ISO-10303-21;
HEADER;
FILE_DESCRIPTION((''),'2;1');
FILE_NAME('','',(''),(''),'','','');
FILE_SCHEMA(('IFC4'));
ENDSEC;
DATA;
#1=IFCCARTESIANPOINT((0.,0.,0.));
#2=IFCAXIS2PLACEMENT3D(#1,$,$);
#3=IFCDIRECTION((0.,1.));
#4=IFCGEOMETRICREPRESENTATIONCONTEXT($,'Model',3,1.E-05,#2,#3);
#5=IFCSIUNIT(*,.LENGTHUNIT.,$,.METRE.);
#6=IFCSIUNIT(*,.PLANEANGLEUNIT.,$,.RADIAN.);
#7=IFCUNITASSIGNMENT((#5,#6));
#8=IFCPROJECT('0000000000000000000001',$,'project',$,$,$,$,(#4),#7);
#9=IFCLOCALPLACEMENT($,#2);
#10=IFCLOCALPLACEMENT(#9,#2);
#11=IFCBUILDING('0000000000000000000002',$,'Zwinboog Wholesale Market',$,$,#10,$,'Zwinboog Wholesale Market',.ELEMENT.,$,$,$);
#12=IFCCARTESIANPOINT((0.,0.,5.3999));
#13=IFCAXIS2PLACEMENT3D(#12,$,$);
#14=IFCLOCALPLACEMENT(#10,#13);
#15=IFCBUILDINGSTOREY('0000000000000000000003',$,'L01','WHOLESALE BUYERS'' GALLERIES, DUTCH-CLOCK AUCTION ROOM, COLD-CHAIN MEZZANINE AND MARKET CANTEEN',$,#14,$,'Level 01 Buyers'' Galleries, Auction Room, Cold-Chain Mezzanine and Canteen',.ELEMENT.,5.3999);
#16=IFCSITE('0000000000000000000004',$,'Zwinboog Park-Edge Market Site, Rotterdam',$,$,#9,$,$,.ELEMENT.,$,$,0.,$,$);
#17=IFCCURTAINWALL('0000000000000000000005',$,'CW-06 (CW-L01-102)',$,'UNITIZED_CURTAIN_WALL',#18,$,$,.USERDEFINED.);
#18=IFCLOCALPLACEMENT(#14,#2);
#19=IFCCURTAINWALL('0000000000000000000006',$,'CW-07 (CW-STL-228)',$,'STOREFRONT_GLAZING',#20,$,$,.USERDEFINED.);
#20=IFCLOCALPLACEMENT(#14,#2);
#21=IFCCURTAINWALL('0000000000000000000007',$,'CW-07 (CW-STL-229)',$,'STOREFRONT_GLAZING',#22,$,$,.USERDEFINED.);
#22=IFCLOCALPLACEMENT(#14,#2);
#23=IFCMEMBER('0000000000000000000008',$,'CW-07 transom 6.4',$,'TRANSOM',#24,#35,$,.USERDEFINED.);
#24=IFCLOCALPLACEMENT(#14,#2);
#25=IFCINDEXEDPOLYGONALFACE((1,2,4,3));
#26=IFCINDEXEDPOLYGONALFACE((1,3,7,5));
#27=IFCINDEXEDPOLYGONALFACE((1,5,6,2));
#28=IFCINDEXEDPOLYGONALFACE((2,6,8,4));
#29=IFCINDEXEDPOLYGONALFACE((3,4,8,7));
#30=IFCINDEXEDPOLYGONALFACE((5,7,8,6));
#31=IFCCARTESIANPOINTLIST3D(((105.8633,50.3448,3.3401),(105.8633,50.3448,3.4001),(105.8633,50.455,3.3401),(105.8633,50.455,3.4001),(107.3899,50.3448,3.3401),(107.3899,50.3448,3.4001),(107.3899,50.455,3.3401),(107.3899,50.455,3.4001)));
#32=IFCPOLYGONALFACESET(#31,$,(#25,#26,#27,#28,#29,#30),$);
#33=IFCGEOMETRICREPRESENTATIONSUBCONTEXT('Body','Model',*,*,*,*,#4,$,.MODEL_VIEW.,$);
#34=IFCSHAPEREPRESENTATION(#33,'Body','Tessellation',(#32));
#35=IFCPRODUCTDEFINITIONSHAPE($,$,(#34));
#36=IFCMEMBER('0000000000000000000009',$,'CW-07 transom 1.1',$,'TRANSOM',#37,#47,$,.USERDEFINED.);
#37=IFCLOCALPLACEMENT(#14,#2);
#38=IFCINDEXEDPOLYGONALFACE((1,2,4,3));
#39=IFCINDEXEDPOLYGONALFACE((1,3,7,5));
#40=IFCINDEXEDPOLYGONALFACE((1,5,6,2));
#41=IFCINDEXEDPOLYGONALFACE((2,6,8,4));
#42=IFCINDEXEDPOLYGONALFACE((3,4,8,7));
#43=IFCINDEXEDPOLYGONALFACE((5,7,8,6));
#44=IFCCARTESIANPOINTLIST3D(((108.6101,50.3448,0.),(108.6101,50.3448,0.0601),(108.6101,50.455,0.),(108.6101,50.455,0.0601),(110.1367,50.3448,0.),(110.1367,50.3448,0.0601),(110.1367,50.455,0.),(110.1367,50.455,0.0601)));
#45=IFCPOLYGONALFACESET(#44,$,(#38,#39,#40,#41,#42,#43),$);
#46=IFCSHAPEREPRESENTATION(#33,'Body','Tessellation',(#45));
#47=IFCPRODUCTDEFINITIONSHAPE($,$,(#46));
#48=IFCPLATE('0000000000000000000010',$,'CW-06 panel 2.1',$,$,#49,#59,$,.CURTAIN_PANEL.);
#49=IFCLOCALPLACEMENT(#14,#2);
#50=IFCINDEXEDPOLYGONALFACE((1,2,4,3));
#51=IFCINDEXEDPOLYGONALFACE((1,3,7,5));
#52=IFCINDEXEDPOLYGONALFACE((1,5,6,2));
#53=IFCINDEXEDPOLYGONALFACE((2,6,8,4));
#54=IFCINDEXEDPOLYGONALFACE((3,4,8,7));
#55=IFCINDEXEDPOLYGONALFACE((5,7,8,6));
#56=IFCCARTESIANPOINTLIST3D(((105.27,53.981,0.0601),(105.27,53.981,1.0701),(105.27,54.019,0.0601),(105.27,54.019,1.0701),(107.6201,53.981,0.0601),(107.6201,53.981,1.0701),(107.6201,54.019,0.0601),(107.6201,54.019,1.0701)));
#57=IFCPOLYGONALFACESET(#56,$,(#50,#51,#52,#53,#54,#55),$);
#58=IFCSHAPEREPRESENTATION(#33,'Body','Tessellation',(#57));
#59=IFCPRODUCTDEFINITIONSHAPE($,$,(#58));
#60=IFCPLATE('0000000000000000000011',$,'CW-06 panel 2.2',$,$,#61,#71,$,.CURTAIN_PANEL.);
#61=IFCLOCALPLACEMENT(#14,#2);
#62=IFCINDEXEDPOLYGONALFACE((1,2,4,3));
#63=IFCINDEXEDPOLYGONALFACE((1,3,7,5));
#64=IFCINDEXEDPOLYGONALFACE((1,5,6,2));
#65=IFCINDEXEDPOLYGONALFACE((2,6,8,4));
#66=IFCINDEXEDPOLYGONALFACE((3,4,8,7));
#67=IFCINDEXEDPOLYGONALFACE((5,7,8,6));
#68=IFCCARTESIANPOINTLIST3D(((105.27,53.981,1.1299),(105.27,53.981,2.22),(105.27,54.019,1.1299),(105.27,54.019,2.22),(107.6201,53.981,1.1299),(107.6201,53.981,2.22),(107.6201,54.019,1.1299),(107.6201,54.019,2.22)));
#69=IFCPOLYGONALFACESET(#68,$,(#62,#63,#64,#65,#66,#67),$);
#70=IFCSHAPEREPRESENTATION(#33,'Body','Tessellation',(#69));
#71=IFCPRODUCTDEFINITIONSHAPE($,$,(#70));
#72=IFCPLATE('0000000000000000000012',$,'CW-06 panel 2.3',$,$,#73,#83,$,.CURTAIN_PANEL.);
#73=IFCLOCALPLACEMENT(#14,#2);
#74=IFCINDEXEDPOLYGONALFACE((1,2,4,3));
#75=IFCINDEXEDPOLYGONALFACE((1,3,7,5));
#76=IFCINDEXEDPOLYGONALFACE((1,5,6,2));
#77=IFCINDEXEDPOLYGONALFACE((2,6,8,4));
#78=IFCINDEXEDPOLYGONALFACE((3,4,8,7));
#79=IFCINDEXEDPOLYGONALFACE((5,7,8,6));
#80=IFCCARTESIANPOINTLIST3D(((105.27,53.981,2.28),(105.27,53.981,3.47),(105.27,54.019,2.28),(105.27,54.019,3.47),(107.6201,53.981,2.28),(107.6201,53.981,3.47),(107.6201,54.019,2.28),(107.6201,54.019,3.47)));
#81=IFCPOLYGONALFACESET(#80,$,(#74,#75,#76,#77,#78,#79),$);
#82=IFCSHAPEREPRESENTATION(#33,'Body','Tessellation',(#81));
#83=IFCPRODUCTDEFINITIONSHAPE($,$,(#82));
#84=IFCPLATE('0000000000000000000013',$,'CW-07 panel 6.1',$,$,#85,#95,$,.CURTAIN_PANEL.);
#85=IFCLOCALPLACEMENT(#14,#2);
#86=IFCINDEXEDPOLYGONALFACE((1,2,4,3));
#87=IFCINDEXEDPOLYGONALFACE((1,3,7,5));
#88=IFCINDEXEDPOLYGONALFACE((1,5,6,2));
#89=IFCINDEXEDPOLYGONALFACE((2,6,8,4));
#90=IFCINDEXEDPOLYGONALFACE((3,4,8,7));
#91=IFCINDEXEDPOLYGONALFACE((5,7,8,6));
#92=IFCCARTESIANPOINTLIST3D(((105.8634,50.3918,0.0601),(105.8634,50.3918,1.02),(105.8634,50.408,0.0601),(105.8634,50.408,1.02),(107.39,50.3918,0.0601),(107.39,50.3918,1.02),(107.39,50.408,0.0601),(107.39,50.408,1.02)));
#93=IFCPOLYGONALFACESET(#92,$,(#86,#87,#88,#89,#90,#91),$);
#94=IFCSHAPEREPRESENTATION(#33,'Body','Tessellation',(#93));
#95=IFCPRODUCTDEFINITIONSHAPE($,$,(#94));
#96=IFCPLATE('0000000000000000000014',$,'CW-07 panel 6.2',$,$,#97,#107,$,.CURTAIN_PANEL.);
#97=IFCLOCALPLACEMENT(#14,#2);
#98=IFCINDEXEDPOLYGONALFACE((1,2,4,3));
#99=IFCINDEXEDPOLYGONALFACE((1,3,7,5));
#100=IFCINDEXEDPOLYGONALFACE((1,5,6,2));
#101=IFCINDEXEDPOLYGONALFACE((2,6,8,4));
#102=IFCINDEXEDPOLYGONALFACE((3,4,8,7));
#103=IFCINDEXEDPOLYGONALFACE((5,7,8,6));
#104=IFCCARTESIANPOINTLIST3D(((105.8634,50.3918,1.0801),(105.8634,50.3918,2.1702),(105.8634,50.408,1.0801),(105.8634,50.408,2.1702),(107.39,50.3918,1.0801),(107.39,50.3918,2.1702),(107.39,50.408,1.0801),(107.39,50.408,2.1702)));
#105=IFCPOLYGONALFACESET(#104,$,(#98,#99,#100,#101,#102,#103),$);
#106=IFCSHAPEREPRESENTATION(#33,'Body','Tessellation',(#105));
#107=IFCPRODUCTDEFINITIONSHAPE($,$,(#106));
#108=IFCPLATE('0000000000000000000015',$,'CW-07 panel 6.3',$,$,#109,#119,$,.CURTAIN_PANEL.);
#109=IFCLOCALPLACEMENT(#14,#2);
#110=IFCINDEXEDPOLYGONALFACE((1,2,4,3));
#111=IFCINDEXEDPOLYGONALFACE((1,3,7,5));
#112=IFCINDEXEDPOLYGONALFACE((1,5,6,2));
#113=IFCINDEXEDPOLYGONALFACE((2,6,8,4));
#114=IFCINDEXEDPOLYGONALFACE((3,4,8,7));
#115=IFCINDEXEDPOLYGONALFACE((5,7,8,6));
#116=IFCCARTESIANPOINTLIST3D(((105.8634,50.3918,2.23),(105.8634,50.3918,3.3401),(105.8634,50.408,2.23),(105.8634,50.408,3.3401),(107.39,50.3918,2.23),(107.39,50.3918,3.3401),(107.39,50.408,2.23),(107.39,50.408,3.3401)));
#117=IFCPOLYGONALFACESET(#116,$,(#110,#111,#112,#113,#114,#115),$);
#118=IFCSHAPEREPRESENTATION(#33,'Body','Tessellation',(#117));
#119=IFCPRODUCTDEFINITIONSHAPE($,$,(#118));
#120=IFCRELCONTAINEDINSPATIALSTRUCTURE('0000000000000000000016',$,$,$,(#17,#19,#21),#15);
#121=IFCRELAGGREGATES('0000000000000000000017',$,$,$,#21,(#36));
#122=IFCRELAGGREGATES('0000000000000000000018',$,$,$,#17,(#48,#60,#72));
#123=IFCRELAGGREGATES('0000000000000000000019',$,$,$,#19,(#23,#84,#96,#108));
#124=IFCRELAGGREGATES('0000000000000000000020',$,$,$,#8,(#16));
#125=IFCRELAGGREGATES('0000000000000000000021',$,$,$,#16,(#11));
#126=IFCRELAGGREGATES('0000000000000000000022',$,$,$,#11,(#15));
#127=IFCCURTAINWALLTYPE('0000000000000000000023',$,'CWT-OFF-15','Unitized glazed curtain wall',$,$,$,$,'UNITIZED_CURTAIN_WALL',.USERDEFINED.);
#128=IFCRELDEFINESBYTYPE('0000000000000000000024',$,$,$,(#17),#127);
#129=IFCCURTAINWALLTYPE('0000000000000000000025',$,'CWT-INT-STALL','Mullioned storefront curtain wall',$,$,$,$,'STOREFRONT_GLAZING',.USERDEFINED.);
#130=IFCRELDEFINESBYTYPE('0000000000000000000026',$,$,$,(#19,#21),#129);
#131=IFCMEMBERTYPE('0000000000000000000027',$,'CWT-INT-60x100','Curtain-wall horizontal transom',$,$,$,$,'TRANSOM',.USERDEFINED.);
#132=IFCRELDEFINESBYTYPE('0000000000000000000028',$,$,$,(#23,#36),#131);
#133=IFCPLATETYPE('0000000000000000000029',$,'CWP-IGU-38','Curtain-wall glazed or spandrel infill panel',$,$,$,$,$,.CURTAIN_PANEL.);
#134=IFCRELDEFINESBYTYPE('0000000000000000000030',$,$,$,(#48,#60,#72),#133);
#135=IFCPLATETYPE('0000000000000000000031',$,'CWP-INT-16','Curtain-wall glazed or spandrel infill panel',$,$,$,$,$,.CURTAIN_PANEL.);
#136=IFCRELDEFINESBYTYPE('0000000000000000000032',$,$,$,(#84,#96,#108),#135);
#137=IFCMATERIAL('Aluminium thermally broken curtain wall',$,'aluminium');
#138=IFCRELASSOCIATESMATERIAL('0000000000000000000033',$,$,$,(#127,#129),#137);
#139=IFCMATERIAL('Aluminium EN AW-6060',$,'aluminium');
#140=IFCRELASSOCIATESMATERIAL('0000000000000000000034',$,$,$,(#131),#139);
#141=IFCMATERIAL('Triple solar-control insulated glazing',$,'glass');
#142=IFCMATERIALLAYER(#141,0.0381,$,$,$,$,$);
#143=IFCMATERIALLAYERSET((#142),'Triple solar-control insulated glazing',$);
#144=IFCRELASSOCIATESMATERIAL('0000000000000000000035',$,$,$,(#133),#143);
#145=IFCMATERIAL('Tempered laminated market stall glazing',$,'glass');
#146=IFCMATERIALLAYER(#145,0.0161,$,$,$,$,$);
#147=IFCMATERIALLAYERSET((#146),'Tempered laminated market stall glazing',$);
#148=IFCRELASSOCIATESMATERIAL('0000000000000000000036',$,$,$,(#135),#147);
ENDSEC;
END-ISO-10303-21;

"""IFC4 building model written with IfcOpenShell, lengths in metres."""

from ifc_helpers import new_model, si_unit, direction, frame, origin, origin_2d, place, context, subcontext, project, spatial, rectangle, extrude, material, layer, layer_set, material_profile, profile_set, type_object, element, aggregate, save


model = new_model("IFC4")

# Units and contexts
model_context = context("Model", 3, precision=1e-05, world=origin(), true_north=direction((0.0, 1.0)))
body_context = subcontext(model_context, "Body", "Model", "MODEL_VIEW")
ifc_project = project(units=[si_unit("LENGTHUNIT", "METRE"), si_unit("PLANEANGLEUNIT", "RADIAN")], contexts=[model_context])

# Site, building, storey
site_placement = place(None, origin())
site = spatial("IfcSite", under=ifc_project, at=site_placement, Name="Zwinboog Park-Edge Market Site, Rotterdam", CompositionType="ELEMENT", RefElevation=0.0)
building_placement = place(site_placement, origin())
building = spatial("IfcBuilding", under=site, at=building_placement, Name="Zwinboog Wholesale Market", LongName="Zwinboog Wholesale Market", CompositionType="ELEMENT")
storey_placement = place(building_placement, frame((0.0, 0.0, 5.3999)))
storey = spatial("IfcBuildingStorey", under=building, at=storey_placement, Name="L01", Description="WHOLESALE BUYERS' GALLERIES, DUTCH-CLOCK AUCTION ROOM, COLD-CHAIN MEZZANINE AND MARKET CANTEEN", LongName="Level 01 Buyers' Galleries, Auction Room, Cold-Chain Mezzanine and Canteen", CompositionType="ELEMENT", Elevation=5.3999)

# Curtain wall
ifc_material_1 = material(Name="Aluminium thermally broken curtain wall", Category="aluminium")
ifc_material_2 = material(Name="Aluminium EN AW-6060", Category="aluminium")
curtain_wall_type_1 = type_object("IfcCurtainWallType", Name="CWT-OFF-15", Description="Unitized glazed curtain wall", ElementType="UNITIZED_CURTAIN_WALL", PredefinedType="USERDEFINED", material=ifc_material_1)
curtain_wall_1_placement = place(storey_placement, origin())
curtain_wall_1 = element("IfcCurtainWall", 1, at=curtain_wall_1_placement, inside=storey, type_object=curtain_wall_type_1, Name="CW-06 (CW-L01-102)", ObjectType="UNITIZED_CURTAIN_WALL", PredefinedType="USERDEFINED")

# Curtain walls
curtain_wall_type_2 = type_object("IfcCurtainWallType", Name="CWT-INT-STALL", Description="Mullioned storefront curtain wall", ElementType="STOREFRONT_GLAZING", PredefinedType="USERDEFINED", material=ifc_material_1)
curtain_wall_2_placement = place(storey_placement, origin())
curtain_wall_2 = element("IfcCurtainWall", 2, at=curtain_wall_2_placement, inside=storey, type_object=curtain_wall_type_2, Name="CW-07 (CW-STL-228)", ObjectType="STOREFRONT_GLAZING", PredefinedType="USERDEFINED")
curtain_wall_3_placement = place(storey_placement, origin())
curtain_wall_3 = element("IfcCurtainWall", 3, at=curtain_wall_3_placement, inside=storey, type_object=curtain_wall_type_2, Name="CW-07 (CW-STL-229)", ObjectType="STOREFRONT_GLAZING", PredefinedType="USERDEFINED")

# Members
ifc_material_profile_1 = material_profile(ifc_material_2, rectangle(XDim=0.1101, YDim=0.0601, at=origin_2d()), Name="AL 60x110")
ifc_profile_set_1 = profile_set([ifc_material_profile_1], Name="Aluminium EN AW-6060")
member_type_1 = type_object("IfcMemberType", Name="CWT-INT-60x100", Description="Curtain-wall horizontal transom", ElementType="TRANSOM", PredefinedType="USERDEFINED", material=ifc_profile_set_1)
member_1_placement = place(storey_placement, frame((105.8633, 50.3999, 3.3701), z_axis=(1.0, 0.0, 0.0), x_axis=(0.0, 1.0, 0.0)))
member_1 = element("IfcMember", 4, at=member_1_placement, type_object=member_type_1, Name="CW-07 transom 6.4", ObjectType="TRANSOM", PredefinedType="USERDEFINED", context=body_context, shape_type="SweptSolid", body=[
    extrude(rectangle(XDim=0.1101, YDim=0.0601, at=origin_2d()), origin(), (0.0, 0.0, 1.0), 1.5266),
])
member_2_placement = place(storey_placement, frame((108.6101, 50.3999, 0.03), z_axis=(1.0, 0.0, 0.0), x_axis=(0.0, 1.0, 0.0)))
member_2 = element("IfcMember", 5, at=member_2_placement, type_object=member_type_1, Name="CW-07 transom 1.1", ObjectType="TRANSOM", PredefinedType="USERDEFINED", context=body_context, shape_type="SweptSolid", body=[
    extrude(rectangle(XDim=0.1101, YDim=0.0601, at=origin_2d()), origin(), (0.0, 0.0, 1.0), 1.5266),
])
aggregate(curtain_wall_3, [member_2])

# Plates
ifc_material_3 = material(Name="Triple solar-control insulated glazing", Category="glass")
ifc_layer_1 = layer(ifc_material_3, 0.0381)
ifc_layer_set_1 = layer_set([ifc_layer_1], Name="Triple solar-control insulated glazing")
plate_type_1 = type_object("IfcPlateType", Name="CWP-IGU-38", Description="Curtain-wall glazed or spandrel infill panel", PredefinedType="CURTAIN_PANEL", material=ifc_layer_set_1)
plate_1_placement = place(storey_placement, frame((106.4451, 54.0, 0.0601), z_axis=(0.0, 0.0, 1.0), x_axis=(1.0, 0.0, 0.0)))
plate_1 = element("IfcPlate", 6, at=plate_1_placement, type_object=plate_type_1, Name="CW-06 panel 2.1", PredefinedType="CURTAIN_PANEL", context=body_context, shape_type="SweptSolid", body=[
    extrude(rectangle(XDim=2.3501, YDim=0.0381, at=origin_2d()), origin(), (0.0, 0.0, 1.0), 1.01),
])
plate_2_placement = place(storey_placement, frame((106.4451, 54.0, 1.1299), z_axis=(0.0, 0.0, 1.0), x_axis=(1.0, 0.0, 0.0)))
plate_2 = element("IfcPlate", 7, at=plate_2_placement, type_object=plate_type_1, Name="CW-06 panel 2.2", PredefinedType="CURTAIN_PANEL", context=body_context, shape_type="SweptSolid", body=[
    extrude(rectangle(XDim=2.3501, YDim=0.0381, at=origin_2d()), origin(), (0.0, 0.0, 1.0), 1.0901),
])
plate_3_placement = place(storey_placement, frame((106.4451, 54.0, 2.28), z_axis=(0.0, 0.0, 1.0), x_axis=(1.0, 0.0, 0.0)))
plate_3 = element("IfcPlate", 8, at=plate_3_placement, type_object=plate_type_1, Name="CW-06 panel 2.3", PredefinedType="CURTAIN_PANEL", context=body_context, shape_type="SweptSolid", body=[
    extrude(rectangle(XDim=2.3501, YDim=0.0381, at=origin_2d()), origin(), (0.0, 0.0, 1.0), 1.1899),
])
aggregate(curtain_wall_1, [plate_1, plate_2, plate_3])
ifc_material_4 = material(Name="Tempered laminated market stall glazing", Category="glass")
ifc_layer_2 = layer(ifc_material_4, 0.0161)
ifc_layer_set_2 = layer_set([ifc_layer_2], Name="Tempered laminated market stall glazing")
plate_type_2 = type_object("IfcPlateType", Name="CWP-INT-16", Description="Curtain-wall glazed or spandrel infill panel", PredefinedType="CURTAIN_PANEL", material=ifc_layer_set_2)
plate_4_placement = place(storey_placement, frame((106.6267, 50.3999, 0.0601), z_axis=(0.0, 0.0, 1.0), x_axis=(1.0, 0.0, 0.0)))
plate_4 = element("IfcPlate", 9, at=plate_4_placement, type_object=plate_type_2, Name="CW-07 panel 6.1", PredefinedType="CURTAIN_PANEL", context=body_context, shape_type="SweptSolid", body=[
    extrude(rectangle(XDim=1.5266, YDim=0.0161, at=origin_2d()), origin(), (0.0, 0.0, 1.0), 0.96),
])
plate_5_placement = place(storey_placement, frame((106.6267, 50.3999, 1.0801), z_axis=(0.0, 0.0, 1.0), x_axis=(1.0, 0.0, 0.0)))
plate_5 = element("IfcPlate", 10, at=plate_5_placement, type_object=plate_type_2, Name="CW-07 panel 6.2", PredefinedType="CURTAIN_PANEL", context=body_context, shape_type="SweptSolid", body=[
    extrude(rectangle(XDim=1.5266, YDim=0.0161, at=origin_2d()), origin(), (0.0, 0.0, 1.0), 1.0901),
])
plate_6_placement = place(storey_placement, frame((106.6267, 50.3999, 2.23), z_axis=(0.0, 0.0, 1.0), x_axis=(1.0, 0.0, 0.0)))
plate_6 = element("IfcPlate", 11, at=plate_6_placement, type_object=plate_type_2, Name="CW-07 panel 6.3", PredefinedType="CURTAIN_PANEL", context=body_context, shape_type="SweptSolid", body=[
    extrude(rectangle(XDim=1.5266, YDim=0.0161, at=origin_2d()), origin(), (0.0, 0.0, 1.0), 1.1101),
])
aggregate(curtain_wall_2, [member_1, plate_4, plate_5, plate_6])

save(model, "model.ifc")
